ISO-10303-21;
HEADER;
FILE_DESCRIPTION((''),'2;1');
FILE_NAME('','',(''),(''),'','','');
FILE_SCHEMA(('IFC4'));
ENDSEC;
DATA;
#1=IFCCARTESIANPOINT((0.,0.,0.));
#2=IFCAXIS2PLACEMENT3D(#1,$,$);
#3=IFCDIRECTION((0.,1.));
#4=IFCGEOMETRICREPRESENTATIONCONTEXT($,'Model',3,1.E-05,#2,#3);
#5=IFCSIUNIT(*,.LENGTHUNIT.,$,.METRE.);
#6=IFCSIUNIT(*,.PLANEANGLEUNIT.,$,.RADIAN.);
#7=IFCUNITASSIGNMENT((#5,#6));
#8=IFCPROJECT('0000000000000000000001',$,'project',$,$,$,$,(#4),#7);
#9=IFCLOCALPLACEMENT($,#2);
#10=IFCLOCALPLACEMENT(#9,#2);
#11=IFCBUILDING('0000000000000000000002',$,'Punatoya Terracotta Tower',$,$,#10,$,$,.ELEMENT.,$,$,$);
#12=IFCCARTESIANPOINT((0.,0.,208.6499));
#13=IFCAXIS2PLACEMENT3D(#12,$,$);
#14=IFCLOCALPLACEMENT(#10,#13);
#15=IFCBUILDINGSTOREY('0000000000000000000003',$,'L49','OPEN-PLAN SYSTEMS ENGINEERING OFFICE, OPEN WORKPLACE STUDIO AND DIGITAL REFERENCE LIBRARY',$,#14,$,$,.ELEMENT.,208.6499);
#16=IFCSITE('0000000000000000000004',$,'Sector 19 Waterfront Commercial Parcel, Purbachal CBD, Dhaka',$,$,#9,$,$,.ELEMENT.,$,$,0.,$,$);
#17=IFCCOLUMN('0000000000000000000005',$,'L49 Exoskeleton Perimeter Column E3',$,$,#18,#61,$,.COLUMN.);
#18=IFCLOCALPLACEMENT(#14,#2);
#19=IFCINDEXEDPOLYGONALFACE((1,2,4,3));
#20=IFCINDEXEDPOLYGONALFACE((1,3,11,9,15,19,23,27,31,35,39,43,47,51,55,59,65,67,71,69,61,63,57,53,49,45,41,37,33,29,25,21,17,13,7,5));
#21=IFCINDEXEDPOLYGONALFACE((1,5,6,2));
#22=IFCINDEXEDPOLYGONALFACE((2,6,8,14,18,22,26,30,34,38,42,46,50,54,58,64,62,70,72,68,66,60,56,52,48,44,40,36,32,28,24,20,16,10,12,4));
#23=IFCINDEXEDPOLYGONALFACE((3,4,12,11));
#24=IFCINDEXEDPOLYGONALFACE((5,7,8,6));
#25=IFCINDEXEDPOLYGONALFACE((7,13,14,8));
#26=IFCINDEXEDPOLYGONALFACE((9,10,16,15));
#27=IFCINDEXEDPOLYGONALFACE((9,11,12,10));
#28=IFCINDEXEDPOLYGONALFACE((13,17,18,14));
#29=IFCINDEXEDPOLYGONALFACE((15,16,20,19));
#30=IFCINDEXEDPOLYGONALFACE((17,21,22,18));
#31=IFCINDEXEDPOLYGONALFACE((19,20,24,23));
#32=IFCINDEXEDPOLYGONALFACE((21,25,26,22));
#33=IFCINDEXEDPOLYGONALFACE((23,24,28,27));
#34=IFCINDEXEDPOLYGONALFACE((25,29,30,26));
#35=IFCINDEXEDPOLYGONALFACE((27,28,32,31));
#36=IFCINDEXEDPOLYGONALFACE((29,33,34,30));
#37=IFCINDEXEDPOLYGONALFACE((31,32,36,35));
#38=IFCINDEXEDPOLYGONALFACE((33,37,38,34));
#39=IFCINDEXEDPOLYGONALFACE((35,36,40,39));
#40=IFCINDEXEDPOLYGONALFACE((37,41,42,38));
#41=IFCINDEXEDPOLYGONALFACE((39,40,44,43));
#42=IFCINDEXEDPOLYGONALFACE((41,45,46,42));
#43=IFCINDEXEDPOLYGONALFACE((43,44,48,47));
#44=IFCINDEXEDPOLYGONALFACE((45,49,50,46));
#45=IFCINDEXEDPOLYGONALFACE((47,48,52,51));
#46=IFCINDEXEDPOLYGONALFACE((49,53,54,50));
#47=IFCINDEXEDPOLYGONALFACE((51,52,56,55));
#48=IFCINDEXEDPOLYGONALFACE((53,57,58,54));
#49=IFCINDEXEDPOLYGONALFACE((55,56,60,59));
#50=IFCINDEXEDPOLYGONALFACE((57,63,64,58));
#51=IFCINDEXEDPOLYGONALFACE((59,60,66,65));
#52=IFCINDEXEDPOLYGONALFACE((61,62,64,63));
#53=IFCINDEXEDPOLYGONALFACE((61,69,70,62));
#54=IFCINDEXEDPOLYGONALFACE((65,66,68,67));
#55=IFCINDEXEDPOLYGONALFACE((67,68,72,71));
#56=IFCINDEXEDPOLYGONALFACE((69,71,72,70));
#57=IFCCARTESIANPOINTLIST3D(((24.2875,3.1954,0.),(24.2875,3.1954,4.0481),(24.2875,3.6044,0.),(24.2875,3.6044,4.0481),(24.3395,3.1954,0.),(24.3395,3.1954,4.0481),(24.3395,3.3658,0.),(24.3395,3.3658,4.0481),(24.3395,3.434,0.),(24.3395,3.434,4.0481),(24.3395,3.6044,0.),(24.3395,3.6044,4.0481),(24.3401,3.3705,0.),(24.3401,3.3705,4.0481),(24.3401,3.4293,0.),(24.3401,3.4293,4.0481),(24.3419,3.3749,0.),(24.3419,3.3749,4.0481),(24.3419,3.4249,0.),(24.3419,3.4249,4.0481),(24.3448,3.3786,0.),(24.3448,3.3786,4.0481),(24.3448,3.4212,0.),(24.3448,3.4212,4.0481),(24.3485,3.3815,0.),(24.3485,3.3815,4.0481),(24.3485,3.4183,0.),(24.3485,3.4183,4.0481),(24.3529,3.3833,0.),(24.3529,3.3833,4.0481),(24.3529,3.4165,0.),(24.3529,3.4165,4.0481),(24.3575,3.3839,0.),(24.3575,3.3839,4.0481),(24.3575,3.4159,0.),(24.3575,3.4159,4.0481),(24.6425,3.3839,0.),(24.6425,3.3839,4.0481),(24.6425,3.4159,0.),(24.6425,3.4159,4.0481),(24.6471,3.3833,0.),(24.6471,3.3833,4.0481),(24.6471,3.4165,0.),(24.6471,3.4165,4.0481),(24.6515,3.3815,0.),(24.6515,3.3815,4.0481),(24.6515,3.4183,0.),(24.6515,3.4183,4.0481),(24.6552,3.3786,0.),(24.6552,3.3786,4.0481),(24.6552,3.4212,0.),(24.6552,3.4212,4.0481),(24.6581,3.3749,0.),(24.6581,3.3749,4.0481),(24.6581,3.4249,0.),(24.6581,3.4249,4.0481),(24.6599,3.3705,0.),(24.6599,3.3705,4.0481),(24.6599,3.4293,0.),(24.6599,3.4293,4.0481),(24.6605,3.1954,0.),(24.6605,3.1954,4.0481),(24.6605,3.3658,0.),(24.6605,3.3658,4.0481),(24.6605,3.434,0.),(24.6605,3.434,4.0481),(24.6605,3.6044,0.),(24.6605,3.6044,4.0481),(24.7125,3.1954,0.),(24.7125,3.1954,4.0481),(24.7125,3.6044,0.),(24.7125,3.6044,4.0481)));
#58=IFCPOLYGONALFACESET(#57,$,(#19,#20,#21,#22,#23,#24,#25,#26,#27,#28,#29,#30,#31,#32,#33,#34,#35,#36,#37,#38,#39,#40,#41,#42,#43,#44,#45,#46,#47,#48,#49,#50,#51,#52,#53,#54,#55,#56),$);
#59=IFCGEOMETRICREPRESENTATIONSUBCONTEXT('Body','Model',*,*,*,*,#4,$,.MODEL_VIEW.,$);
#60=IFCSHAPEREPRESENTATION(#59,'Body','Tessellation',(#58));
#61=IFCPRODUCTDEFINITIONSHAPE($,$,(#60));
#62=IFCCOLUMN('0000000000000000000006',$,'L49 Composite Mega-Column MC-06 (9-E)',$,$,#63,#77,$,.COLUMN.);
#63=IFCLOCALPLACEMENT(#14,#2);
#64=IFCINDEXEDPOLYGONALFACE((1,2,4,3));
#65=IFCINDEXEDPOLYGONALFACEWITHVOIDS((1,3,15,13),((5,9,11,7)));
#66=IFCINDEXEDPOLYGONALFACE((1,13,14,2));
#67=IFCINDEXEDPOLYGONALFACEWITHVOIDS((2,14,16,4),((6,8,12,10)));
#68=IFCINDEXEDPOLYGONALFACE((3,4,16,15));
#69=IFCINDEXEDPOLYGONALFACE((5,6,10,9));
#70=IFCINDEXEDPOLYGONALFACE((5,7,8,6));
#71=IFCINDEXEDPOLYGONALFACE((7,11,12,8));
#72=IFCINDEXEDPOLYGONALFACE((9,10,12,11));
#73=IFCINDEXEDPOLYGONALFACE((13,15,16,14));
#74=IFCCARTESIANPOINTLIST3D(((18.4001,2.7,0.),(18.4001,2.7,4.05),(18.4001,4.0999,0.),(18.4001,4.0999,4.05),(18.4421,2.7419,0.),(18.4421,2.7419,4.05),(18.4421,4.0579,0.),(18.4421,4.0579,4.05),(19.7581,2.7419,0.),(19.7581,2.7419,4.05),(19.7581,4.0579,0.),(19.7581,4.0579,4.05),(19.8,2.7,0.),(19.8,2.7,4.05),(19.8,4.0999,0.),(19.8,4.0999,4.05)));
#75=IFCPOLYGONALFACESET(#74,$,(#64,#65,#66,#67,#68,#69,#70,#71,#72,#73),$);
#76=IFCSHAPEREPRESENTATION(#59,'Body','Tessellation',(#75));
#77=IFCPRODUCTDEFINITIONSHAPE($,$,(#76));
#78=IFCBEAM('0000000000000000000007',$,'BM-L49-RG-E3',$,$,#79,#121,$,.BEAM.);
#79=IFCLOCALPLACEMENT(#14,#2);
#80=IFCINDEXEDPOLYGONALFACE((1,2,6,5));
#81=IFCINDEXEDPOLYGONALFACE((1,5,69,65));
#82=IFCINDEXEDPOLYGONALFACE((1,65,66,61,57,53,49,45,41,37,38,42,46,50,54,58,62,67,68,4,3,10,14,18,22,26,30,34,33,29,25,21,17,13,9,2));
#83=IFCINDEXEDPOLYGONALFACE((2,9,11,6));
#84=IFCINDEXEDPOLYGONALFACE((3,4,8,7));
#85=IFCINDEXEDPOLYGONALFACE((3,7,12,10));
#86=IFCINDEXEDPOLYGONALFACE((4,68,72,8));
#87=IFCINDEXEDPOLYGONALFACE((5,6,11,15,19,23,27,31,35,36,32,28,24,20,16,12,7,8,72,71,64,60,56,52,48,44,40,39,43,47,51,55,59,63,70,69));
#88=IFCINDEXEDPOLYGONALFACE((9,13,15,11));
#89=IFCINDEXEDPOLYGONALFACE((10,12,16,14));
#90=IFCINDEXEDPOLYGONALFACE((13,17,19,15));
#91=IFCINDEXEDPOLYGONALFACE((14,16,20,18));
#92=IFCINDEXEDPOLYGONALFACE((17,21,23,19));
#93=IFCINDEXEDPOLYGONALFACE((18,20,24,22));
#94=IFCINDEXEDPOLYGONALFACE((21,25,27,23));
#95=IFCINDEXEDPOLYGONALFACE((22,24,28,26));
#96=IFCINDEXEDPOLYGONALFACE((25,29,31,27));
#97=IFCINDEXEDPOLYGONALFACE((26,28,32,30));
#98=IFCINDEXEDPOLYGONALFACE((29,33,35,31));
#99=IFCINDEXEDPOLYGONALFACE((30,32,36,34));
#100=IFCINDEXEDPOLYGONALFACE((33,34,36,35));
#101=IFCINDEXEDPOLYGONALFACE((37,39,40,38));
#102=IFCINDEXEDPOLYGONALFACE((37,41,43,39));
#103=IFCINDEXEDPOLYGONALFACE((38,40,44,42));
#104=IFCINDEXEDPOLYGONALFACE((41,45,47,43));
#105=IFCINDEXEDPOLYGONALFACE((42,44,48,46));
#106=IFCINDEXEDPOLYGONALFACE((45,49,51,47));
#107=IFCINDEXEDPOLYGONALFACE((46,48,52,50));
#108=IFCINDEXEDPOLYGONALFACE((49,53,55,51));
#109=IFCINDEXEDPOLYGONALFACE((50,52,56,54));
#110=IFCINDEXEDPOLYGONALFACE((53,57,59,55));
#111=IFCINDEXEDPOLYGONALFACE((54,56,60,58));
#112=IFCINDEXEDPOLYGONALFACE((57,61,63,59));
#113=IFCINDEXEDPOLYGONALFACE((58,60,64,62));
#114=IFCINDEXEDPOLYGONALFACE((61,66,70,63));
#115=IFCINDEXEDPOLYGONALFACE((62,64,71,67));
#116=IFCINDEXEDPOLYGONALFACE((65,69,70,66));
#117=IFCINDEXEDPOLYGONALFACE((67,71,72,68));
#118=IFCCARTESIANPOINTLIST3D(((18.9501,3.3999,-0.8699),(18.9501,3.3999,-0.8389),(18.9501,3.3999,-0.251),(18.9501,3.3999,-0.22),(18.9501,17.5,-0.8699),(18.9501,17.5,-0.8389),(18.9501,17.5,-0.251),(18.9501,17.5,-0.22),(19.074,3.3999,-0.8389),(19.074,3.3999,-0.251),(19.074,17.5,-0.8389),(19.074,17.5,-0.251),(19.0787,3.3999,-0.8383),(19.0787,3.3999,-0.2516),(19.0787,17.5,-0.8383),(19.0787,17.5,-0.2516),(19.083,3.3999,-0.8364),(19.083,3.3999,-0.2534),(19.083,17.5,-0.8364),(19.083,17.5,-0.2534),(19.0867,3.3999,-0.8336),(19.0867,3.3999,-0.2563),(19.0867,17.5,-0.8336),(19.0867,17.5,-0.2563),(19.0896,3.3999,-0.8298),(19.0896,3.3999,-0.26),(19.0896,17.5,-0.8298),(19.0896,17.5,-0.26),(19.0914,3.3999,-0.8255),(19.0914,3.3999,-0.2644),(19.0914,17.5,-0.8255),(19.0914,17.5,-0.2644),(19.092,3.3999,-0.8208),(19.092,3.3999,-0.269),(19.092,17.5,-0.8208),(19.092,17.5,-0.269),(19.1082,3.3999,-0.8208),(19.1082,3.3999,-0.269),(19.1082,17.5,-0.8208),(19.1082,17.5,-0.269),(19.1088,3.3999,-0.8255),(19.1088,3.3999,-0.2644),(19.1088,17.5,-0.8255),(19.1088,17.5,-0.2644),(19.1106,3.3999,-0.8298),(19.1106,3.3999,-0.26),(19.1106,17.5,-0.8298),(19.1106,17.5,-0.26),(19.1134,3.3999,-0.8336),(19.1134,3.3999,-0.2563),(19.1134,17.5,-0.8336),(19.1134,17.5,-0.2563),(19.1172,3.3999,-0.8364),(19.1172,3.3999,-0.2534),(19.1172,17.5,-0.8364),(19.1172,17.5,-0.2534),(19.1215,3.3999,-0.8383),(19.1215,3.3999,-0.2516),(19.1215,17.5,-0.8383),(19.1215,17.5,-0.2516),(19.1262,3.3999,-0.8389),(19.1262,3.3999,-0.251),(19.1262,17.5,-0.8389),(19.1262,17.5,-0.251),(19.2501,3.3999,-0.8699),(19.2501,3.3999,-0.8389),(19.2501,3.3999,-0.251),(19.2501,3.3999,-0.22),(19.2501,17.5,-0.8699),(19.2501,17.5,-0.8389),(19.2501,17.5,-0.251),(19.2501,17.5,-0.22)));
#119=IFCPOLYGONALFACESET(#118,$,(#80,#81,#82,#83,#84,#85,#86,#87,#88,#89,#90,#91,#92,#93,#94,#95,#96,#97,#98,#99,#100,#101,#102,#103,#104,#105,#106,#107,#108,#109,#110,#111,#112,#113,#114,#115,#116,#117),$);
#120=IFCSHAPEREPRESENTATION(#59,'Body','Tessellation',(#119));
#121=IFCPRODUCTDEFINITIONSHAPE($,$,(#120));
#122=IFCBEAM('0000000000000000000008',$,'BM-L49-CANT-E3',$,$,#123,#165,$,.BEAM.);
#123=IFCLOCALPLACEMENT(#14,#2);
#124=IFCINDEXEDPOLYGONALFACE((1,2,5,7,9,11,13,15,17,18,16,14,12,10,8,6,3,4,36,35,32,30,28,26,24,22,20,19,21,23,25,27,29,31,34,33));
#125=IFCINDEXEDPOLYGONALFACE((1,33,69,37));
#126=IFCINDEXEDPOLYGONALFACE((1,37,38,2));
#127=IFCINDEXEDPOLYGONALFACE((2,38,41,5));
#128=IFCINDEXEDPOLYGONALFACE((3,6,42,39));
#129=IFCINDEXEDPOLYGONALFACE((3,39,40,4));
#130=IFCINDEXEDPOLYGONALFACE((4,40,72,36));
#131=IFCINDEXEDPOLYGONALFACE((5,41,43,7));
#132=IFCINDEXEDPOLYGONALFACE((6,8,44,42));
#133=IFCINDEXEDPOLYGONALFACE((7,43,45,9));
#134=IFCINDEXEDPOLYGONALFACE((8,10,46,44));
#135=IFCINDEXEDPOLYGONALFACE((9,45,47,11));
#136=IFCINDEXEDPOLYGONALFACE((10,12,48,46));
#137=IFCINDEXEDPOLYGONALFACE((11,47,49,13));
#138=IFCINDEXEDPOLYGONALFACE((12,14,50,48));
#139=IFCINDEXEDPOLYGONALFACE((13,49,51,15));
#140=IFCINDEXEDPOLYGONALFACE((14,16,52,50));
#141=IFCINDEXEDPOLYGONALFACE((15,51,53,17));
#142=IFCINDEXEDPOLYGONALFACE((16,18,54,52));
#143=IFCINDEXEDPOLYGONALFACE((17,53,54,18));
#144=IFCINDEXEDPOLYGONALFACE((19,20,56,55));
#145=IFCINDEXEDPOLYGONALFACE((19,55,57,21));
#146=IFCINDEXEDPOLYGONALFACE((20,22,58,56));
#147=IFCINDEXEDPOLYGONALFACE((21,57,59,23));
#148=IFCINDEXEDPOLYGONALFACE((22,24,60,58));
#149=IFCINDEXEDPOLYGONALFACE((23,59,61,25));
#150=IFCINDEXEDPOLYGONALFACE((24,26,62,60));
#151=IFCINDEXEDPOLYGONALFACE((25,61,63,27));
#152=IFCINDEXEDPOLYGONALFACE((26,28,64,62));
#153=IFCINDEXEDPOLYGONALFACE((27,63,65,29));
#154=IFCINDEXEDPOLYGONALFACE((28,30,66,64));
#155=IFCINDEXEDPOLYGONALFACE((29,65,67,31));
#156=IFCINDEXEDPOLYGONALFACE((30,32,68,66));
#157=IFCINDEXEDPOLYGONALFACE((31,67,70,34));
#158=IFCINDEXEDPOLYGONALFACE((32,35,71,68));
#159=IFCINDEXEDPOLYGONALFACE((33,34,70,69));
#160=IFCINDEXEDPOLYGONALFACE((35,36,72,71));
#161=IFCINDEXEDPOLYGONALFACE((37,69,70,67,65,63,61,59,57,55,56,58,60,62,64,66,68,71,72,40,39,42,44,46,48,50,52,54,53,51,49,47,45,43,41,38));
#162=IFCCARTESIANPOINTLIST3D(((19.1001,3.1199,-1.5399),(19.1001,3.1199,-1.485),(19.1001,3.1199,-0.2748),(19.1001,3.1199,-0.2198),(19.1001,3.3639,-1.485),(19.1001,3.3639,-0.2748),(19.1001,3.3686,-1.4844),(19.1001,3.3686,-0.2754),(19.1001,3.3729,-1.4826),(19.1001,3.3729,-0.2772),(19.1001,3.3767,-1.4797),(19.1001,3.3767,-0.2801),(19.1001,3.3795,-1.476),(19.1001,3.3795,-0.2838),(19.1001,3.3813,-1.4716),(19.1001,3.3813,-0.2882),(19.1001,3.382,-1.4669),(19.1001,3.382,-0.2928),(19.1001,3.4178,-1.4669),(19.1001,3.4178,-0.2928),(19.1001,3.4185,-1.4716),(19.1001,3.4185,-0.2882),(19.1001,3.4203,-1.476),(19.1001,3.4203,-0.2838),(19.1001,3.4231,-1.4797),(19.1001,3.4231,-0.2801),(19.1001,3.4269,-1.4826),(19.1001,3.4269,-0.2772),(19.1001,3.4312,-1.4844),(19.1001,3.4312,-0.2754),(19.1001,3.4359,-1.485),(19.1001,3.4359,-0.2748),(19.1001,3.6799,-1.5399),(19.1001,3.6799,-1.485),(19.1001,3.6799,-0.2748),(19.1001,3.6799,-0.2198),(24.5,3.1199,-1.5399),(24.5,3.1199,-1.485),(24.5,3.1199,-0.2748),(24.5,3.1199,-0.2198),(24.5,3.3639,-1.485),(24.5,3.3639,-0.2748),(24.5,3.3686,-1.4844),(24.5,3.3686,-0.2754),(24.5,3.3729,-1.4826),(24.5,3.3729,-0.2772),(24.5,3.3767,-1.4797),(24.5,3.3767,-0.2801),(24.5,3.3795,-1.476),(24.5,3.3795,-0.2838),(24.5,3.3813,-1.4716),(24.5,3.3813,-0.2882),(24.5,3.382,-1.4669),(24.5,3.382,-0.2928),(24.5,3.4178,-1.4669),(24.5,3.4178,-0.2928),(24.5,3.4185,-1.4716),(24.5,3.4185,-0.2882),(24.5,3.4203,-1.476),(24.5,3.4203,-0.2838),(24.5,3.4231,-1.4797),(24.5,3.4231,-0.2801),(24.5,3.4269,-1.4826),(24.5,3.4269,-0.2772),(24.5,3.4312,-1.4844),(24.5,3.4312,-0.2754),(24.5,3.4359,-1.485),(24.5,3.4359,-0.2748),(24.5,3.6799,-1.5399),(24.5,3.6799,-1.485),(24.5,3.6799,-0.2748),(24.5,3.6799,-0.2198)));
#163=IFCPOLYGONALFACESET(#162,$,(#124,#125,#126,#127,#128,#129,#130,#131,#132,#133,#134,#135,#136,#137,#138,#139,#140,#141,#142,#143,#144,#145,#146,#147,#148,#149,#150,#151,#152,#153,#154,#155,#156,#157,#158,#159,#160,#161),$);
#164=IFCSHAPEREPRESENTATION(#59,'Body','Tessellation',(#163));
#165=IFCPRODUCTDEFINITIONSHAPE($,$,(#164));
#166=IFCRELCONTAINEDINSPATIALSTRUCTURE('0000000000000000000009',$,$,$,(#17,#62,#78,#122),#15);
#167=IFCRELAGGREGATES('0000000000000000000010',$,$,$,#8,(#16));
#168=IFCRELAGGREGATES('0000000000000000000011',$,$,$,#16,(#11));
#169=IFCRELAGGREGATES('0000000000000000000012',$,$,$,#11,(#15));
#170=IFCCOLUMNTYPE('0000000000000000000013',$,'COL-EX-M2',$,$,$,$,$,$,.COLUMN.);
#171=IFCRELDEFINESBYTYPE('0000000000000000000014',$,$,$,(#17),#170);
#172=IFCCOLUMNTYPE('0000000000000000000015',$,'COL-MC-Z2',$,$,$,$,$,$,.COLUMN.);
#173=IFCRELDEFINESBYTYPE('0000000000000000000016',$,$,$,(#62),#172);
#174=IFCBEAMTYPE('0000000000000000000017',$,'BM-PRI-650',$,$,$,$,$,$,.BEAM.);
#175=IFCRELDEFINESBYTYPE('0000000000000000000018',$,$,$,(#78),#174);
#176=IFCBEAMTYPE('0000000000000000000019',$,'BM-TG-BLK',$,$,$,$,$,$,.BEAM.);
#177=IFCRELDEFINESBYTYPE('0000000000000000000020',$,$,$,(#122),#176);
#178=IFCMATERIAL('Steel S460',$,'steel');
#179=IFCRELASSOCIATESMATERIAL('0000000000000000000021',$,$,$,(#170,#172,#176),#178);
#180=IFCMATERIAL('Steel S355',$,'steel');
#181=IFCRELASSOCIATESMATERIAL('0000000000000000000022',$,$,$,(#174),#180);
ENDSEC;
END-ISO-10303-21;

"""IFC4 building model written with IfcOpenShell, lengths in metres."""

from ifc_helpers import new_model, si_unit, direction, frame, origin, origin_2d, place, context, subcontext, project, spatial, hollow_rectangle, i_section, extrude, material, material_profile, profile_set, type_object, element, save


model = new_model("IFC4")

# Units and contexts
model_context = context("Model", 3, precision=1e-05, world=origin(), true_north=direction((0.0, 1.0)))
body_context = subcontext(model_context, "Body", "Model", "MODEL_VIEW")
ifc_project = project(units=[si_unit("LENGTHUNIT", "METRE"), si_unit("PLANEANGLEUNIT", "RADIAN")], contexts=[model_context])

# Site, building, storey
site_placement = place(None, origin())
site = spatial("IfcSite", under=ifc_project, at=site_placement, Name="Sector 19 Waterfront Commercial Parcel, Purbachal CBD, Dhaka", CompositionType="ELEMENT", RefElevation=0.0)
building_placement = place(site_placement, origin())
building = spatial("IfcBuilding", under=site, at=building_placement, Name="Punatoya Terracotta Tower", CompositionType="ELEMENT")
storey_placement = place(building_placement, frame((0.0, 0.0, 208.6499)))
storey = spatial("IfcBuildingStorey", under=building, at=storey_placement, Name="L49", Description="OPEN-PLAN SYSTEMS ENGINEERING OFFICE, OPEN WORKPLACE STUDIO AND DIGITAL REFERENCE LIBRARY", CompositionType="ELEMENT", Elevation=208.6499)

# Columns
ifc_material_1 = material(Name="Steel S460", Category="steel")
ifc_material_profile_1 = material_profile(ifc_material_1, i_section(OverallWidth=0.4089, OverallDepth=0.425, WebThickness=0.032, FlangeThickness=0.052, FilletRadius=0.0181, at=origin_2d()))
ifc_profile_set_1 = profile_set([ifc_material_profile_1], Name="Steel S460")
column_type_1 = type_object("IfcColumnType", Name="COL-EX-M2", PredefinedType="COLUMN", material=ifc_profile_set_1)
column_1_placement = place(storey_placement, frame((24.5, 3.3999, 0.0), z_axis=(0.0, 0.0, 1.0), x_axis=(0.0, 1.0, 0.0)))
element("IfcColumn", 1, at=column_1_placement, inside=storey, type_object=column_type_1, Name="L49 Exoskeleton Perimeter Column E3", PredefinedType="COLUMN", context=body_context, shape_type="SweptSolid", body=[
    extrude(i_section(OverallWidth=0.4089, OverallDepth=0.425, WebThickness=0.032, FlangeThickness=0.052, FilletRadius=0.0181, at=origin_2d()), origin(), (0.0, 0.0, 1.0), 4.0481),
])
ifc_material_profile_2 = material_profile(ifc_material_1, hollow_rectangle(XDim=1.3999, YDim=1.3999, WallThickness=0.042, at=origin_2d()))
ifc_profile_set_2 = profile_set([ifc_material_profile_2], Name="Steel S460")
column_type_2 = type_object("IfcColumnType", Name="COL-MC-Z2", PredefinedType="COLUMN", material=ifc_profile_set_2)
column_2_placement = place(storey_placement, frame((19.1001, 3.3999, 0.0), z_axis=(0.0, 0.0, 1.0), x_axis=(1.0, 0.0, 0.0)))
element("IfcColumn", 2, at=column_2_placement, inside=storey, type_object=column_type_2, Name="L49 Composite Mega-Column MC-06 (9-E)", PredefinedType="COLUMN", context=body_context, shape_type="SweptSolid", body=[
    extrude(hollow_rectangle(XDim=1.3999, YDim=1.3999, WallThickness=0.042, at=origin_2d()), origin(), (0.0, 0.0, 1.0), 4.05),
])

# Beams
ifc_material_2 = material(Name="Steel S355", Category="steel")
ifc_material_profile_3 = material_profile(ifc_material_2, i_section(OverallWidth=0.3, OverallDepth=0.6499, WebThickness=0.0161, FlangeThickness=0.031, FilletRadius=0.0181, at=origin_2d()))
ifc_profile_set_3 = profile_set([ifc_material_profile_3], Name="Steel S355")
beam_type_1 = type_object("IfcBeamType", Name="BM-PRI-650", PredefinedType="BEAM", material=ifc_profile_set_3)
beam_1_placement = place(storey_placement, frame((19.1001, 3.3999, -0.5449), z_axis=(0.0, 1.0, 0.0), x_axis=(-1.0, 0.0, 0.0)))
element("IfcBeam", 3, at=beam_1_placement, inside=storey, type_object=beam_type_1, Name="BM-L49-RG-E3", PredefinedType="BEAM", context=body_context, shape_type="SweptSolid", body=[
    extrude(i_section(OverallWidth=0.3, OverallDepth=0.6499, WebThickness=0.0161, FlangeThickness=0.031, FilletRadius=0.0181, at=origin_2d()), origin(), (0.0, 0.0, 1.0), 14.1001),
])
ifc_material_profile_4 = material_profile(ifc_material_1, i_section(OverallWidth=0.5601, OverallDepth=1.3201, WebThickness=0.0359, FlangeThickness=0.0549, FilletRadius=0.0181, at=origin_2d()))
ifc_profile_set_4 = profile_set([ifc_material_profile_4], Name="Steel S460")
beam_type_2 = type_object("IfcBeamType", Name="BM-TG-BLK", PredefinedType="BEAM", material=ifc_profile_set_4)
beam_2_placement = place(storey_placement, frame((19.1001, 3.3999, -0.8799), z_axis=(1.0, 0.0, 0.0), x_axis=(0.0, 1.0, 0.0)))
element("IfcBeam", 4, at=beam_2_placement, inside=storey, type_object=beam_type_2, Name="BM-L49-CANT-E3", PredefinedType="BEAM", context=body_context, shape_type="SweptSolid", body=[
    extrude(i_section(OverallWidth=0.5601, OverallDepth=1.3201, WebThickness=0.0359, FlangeThickness=0.0549, FilletRadius=0.0181, at=origin_2d()), origin(), (0.0, 0.0, 1.0), 5.3999),
])

save(model, "model.ifc")
